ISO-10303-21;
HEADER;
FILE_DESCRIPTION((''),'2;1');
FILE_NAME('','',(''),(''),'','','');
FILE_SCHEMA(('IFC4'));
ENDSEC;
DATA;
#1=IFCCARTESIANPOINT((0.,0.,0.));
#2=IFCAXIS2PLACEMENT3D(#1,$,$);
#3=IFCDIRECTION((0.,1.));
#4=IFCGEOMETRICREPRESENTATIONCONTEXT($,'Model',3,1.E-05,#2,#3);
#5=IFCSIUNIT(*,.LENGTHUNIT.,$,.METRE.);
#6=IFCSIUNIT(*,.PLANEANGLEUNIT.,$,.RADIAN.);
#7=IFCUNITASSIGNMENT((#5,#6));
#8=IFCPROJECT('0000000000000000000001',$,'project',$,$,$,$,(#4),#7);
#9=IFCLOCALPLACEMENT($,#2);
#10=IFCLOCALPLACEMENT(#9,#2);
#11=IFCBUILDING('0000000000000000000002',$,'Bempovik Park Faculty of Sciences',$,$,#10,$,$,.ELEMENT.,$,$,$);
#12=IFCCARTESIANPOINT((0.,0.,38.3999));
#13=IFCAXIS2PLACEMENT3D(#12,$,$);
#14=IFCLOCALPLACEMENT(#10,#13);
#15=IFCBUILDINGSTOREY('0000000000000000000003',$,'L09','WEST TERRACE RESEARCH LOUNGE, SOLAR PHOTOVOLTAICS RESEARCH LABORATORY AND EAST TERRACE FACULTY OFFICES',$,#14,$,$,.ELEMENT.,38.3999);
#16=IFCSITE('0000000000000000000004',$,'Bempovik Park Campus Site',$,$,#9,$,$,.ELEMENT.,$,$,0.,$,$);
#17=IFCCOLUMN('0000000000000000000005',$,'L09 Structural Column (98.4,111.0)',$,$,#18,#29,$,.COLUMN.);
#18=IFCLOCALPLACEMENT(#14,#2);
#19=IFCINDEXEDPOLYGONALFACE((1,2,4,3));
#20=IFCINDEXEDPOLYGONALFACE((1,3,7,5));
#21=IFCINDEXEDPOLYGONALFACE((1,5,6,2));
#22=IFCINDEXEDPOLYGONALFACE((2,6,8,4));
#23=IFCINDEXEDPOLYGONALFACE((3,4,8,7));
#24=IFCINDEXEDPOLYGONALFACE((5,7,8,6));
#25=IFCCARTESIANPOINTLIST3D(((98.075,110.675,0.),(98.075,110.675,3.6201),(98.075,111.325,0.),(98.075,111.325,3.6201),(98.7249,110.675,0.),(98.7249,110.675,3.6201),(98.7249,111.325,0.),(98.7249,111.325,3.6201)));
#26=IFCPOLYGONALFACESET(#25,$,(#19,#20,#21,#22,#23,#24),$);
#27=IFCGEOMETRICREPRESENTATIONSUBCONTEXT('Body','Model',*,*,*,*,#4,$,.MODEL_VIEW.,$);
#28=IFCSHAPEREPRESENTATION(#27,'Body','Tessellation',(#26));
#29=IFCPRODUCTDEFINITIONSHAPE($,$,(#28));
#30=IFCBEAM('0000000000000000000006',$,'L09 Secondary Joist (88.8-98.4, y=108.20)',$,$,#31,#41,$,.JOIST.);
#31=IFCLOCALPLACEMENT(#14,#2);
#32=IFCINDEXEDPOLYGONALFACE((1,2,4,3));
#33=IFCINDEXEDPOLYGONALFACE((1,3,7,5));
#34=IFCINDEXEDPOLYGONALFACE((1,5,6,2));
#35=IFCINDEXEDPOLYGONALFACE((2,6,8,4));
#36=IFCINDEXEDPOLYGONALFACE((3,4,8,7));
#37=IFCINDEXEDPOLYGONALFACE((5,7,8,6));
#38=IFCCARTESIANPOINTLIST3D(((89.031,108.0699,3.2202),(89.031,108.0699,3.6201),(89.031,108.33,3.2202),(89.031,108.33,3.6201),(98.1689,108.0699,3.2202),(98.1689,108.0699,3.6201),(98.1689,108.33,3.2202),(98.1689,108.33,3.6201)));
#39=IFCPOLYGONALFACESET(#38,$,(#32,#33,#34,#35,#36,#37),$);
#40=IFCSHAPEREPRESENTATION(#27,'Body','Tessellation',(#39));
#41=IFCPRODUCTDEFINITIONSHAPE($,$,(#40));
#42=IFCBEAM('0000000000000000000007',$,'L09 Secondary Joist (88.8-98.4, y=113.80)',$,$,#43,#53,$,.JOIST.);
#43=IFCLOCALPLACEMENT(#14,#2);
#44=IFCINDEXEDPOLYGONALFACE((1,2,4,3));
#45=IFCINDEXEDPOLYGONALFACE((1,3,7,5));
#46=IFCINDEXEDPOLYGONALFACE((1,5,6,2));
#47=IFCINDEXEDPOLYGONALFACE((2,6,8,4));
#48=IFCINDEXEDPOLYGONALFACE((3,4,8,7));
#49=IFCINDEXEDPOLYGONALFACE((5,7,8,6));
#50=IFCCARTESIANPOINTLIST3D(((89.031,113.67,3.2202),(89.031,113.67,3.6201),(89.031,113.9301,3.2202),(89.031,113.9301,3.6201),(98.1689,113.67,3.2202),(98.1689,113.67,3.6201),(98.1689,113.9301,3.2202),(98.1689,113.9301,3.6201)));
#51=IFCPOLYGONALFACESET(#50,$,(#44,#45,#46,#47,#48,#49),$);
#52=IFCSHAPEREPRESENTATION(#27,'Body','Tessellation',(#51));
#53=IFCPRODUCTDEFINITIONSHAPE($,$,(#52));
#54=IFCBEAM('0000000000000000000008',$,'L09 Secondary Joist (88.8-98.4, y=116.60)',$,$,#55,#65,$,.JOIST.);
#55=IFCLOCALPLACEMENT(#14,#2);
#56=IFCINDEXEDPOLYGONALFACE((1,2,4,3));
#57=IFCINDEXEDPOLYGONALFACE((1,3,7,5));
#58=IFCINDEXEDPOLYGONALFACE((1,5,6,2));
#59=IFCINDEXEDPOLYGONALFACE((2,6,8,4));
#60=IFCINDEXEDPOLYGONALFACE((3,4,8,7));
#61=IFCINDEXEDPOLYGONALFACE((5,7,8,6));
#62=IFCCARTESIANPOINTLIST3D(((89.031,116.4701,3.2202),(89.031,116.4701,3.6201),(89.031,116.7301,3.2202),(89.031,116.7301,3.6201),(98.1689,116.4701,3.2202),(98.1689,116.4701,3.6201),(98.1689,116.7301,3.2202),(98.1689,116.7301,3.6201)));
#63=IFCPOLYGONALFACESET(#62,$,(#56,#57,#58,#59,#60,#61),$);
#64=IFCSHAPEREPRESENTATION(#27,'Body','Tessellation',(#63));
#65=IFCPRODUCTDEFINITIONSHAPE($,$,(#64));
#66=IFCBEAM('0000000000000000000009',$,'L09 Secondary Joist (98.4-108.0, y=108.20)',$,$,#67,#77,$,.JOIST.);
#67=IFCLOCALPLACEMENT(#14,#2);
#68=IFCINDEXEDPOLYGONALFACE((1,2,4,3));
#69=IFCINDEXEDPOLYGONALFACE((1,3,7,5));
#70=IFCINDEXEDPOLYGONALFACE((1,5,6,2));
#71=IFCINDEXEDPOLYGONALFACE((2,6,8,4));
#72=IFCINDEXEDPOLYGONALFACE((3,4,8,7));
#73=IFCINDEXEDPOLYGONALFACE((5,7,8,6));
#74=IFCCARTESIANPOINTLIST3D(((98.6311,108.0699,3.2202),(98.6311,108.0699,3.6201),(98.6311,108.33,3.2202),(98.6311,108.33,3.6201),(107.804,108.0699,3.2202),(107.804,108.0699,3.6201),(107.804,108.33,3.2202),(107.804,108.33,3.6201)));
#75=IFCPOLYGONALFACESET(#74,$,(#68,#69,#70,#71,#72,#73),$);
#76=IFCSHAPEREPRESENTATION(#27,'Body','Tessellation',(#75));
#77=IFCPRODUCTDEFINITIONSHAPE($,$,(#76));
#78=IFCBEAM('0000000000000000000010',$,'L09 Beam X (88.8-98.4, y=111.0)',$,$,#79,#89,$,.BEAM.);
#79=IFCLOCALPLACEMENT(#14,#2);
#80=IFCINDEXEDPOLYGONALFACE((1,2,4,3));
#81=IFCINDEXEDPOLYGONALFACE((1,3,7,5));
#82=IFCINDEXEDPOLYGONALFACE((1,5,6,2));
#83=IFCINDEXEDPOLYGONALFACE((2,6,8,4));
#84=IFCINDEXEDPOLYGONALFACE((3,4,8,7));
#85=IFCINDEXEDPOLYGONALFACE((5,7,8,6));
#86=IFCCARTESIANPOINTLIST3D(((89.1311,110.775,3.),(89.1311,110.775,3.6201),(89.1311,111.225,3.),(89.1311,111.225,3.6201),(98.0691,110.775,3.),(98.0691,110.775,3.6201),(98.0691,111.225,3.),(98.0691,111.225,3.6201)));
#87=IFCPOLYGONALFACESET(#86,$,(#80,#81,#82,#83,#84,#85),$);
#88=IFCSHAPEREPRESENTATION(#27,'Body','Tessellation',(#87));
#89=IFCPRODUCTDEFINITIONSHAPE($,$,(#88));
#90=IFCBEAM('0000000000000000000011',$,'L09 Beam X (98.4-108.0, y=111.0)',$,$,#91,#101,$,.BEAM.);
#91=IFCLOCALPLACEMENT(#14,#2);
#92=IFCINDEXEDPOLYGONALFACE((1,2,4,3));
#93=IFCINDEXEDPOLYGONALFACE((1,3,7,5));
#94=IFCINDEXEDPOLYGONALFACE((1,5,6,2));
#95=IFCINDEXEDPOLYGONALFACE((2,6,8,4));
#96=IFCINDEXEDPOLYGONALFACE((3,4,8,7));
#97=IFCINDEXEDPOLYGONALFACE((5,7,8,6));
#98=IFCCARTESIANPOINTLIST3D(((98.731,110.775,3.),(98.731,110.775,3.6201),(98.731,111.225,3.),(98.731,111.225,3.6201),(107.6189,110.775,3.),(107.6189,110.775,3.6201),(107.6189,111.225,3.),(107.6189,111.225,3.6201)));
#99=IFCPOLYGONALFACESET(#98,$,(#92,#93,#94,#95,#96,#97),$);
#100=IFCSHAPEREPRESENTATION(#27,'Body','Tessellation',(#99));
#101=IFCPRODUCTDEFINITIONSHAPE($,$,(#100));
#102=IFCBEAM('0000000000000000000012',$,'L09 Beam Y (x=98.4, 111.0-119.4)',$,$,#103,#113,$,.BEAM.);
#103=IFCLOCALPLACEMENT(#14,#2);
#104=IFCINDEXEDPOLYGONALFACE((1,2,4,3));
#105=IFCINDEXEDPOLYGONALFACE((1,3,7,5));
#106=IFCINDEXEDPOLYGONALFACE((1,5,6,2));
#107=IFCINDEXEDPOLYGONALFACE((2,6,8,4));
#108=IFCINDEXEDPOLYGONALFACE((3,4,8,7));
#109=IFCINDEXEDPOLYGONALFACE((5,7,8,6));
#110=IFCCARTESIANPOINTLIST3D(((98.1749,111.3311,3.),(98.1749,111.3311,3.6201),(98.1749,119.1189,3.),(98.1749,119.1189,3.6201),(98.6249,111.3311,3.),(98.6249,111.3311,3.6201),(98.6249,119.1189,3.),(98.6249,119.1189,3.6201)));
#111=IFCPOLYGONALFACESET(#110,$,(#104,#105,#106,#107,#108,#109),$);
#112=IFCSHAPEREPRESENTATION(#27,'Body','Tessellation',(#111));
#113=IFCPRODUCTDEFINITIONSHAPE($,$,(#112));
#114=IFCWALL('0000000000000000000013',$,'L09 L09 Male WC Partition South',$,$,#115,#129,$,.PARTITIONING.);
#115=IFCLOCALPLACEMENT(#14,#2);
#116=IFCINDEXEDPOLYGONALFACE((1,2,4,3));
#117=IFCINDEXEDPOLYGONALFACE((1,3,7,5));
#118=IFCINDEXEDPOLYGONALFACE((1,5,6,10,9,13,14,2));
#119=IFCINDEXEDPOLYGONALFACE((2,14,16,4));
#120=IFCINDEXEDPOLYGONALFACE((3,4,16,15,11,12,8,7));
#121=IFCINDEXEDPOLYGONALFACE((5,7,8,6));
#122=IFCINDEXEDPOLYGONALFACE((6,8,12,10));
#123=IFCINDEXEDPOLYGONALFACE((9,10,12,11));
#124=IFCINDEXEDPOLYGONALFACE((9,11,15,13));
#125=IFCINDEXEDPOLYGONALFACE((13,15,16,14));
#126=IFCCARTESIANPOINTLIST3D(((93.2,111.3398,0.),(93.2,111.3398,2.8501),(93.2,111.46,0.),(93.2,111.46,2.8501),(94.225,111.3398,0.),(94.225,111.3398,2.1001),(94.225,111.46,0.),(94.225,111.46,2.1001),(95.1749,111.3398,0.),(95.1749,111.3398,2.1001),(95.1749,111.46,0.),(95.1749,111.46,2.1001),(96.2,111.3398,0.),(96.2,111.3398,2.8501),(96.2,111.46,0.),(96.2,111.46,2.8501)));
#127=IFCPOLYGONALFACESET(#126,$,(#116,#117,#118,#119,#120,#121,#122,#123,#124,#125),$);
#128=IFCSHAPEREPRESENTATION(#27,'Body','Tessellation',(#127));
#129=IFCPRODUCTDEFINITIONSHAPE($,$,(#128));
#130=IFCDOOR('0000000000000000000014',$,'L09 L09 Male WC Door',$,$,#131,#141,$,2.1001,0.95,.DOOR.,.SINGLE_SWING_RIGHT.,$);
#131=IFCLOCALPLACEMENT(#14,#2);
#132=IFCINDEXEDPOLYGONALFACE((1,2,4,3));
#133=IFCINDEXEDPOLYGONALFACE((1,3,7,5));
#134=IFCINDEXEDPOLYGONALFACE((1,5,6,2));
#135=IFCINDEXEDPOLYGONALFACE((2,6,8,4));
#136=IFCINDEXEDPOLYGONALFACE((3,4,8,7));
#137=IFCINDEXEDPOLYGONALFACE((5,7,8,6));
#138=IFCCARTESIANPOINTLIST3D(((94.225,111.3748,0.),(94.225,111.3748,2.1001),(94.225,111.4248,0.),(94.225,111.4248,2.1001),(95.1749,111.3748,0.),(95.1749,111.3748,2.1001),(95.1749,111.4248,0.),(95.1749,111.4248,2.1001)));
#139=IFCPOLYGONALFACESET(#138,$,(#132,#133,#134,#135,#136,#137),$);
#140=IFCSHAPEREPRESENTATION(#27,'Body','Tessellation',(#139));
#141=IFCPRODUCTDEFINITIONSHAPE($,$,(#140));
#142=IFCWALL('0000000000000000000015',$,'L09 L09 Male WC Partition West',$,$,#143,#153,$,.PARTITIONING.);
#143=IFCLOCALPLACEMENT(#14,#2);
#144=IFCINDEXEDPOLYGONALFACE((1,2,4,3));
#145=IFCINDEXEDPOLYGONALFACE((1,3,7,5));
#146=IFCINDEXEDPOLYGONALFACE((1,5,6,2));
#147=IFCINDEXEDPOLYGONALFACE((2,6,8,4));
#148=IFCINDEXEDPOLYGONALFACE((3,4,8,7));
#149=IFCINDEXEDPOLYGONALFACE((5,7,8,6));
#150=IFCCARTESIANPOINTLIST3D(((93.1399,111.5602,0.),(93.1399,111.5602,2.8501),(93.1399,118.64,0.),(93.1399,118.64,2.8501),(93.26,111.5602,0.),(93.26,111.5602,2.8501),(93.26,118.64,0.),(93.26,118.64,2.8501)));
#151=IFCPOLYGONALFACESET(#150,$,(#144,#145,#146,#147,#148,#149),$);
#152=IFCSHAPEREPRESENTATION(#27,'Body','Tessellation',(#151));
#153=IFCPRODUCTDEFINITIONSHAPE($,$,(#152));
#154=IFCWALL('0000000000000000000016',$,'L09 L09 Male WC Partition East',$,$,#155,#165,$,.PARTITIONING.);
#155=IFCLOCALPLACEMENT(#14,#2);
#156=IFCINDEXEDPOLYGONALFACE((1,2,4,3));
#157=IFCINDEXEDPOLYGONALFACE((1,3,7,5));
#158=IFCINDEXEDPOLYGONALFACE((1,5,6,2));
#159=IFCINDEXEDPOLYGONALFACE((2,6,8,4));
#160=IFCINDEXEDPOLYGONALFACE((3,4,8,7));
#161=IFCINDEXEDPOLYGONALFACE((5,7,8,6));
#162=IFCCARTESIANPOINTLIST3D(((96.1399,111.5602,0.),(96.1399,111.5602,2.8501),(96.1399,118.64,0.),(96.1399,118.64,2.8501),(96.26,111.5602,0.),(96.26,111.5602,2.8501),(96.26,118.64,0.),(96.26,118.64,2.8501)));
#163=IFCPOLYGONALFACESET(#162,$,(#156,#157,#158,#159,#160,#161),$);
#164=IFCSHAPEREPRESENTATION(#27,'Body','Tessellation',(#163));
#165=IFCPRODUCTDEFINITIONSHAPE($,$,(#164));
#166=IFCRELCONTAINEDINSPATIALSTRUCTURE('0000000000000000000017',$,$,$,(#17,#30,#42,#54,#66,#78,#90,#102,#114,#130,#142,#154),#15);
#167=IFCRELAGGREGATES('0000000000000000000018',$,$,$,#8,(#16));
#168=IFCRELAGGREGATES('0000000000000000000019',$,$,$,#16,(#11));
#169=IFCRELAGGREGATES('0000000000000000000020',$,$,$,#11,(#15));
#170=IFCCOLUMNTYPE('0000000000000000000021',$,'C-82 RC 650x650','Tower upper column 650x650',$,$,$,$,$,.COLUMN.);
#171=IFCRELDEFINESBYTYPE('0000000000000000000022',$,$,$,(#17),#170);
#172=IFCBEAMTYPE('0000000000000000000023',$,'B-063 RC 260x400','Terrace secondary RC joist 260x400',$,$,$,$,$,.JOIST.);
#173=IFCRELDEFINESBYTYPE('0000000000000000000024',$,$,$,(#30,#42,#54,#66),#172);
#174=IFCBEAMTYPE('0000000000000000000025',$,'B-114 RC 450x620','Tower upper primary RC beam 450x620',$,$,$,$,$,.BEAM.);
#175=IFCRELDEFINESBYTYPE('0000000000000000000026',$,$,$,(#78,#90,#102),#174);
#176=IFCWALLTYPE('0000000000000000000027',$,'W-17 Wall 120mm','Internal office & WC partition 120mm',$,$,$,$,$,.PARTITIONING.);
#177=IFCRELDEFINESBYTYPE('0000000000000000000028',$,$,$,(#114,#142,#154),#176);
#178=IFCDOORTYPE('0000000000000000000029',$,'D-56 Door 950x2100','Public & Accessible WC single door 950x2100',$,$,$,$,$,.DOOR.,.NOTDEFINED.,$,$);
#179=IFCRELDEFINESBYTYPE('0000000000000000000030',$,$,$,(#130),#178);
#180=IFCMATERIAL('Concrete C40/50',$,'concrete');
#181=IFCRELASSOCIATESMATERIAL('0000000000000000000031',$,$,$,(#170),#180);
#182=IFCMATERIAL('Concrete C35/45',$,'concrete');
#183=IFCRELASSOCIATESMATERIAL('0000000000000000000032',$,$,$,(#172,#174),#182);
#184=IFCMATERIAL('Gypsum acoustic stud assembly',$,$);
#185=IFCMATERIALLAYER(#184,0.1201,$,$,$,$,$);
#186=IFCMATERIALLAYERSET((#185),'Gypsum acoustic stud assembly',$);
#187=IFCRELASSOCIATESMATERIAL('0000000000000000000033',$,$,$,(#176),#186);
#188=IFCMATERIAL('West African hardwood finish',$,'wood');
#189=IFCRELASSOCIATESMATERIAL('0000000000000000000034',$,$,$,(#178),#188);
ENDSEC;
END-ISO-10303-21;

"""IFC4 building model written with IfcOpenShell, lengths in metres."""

from ifc_helpers import new_model, si_unit, direction, frame, frame_2d, origin, origin_2d, place, context, subcontext, project, spatial, rectangle, extrude, material, layer, layer_set, material_profile, profile_set, type_object, element, fill, save


model = new_model("IFC4")

# Units and contexts
model_context = context("Model", 3, precision=1e-05, world=origin(), true_north=direction((0.0, 1.0)))
body_context = subcontext(model_context, "Body", "Model", "MODEL_VIEW")
ifc_project = project(units=[si_unit("LENGTHUNIT", "METRE"), si_unit("PLANEANGLEUNIT", "RADIAN")], contexts=[model_context])

# Site, building, storey
site_placement = place(None, origin())
site = spatial("IfcSite", under=ifc_project, at=site_placement, Name="Bempovik Park Campus Site", CompositionType="ELEMENT", RefElevation=0.0)
building_placement = place(site_placement, origin())
building = spatial("IfcBuilding", under=site, at=building_placement, Name="Bempovik Park Faculty of Sciences", CompositionType="ELEMENT")
storey_placement = place(building_placement, frame((0.0, 0.0, 38.3999)))
storey = spatial("IfcBuildingStorey", under=building, at=storey_placement, Name="L09", Description="WEST TERRACE RESEARCH LOUNGE, SOLAR PHOTOVOLTAICS RESEARCH LABORATORY AND EAST TERRACE FACULTY OFFICES", CompositionType="ELEMENT", Elevation=38.3999)

# Column
ifc_material_1 = material(Name="Concrete C40/50", Category="concrete")
ifc_material_profile_1 = material_profile(ifc_material_1, rectangle(XDim=0.6499, YDim=0.6499, at=origin_2d()), Name="RC 650x650")
ifc_profile_set_1 = profile_set([ifc_material_profile_1], Name="Concrete C40/50")
column_type = type_object("IfcColumnType", Name="C-82 RC 650x650", Description="Tower upper column 650x650", PredefinedType="COLUMN", material=ifc_profile_set_1)
column_placement = place(storey_placement, frame((98.3999, 111.0, 0.0), z_axis=(0.0, 0.0, 1.0), x_axis=(1.0, 0.0, 0.0)))
element("IfcColumn", 1, at=column_placement, inside=storey, type_object=column_type, Name="L09 Structural Column (98.4,111.0)", PredefinedType="COLUMN", context=body_context, shape_type="SweptSolid", body=[
    extrude(rectangle(XDim=0.6499, YDim=0.6499, at=origin_2d()), origin(), (0.0, 0.0, 1.0), 3.6201),
])

# Beams
ifc_material_2 = material(Name="Concrete C35/45", Category="concrete")
ifc_material_profile_2 = material_profile(ifc_material_2, rectangle(XDim=0.26, YDim=0.3999, at=origin_2d()), Name="RC 260x400")
ifc_profile_set_2 = profile_set([ifc_material_profile_2], Name="Concrete C35/45")
beam_type_1 = type_object("IfcBeamType", Name="B-063 RC 260x400", Description="Terrace secondary RC joist 260x400", PredefinedType="JOIST", material=ifc_profile_set_2)
for number, where, z_axis, x_axis, name in (
    (2, (89.031, 108.2, 3.4202), (1.0, 0.0, 0.0), (0.0, 1.0, 0.0), "L09 Secondary Joist (88.8-98.4, y=108.20)"),
    (3, (89.031, 113.8, 3.4202), (1.0, 0.0, 0.0), (0.0, 1.0, 0.0), "L09 Secondary Joist (88.8-98.4, y=113.80)"),
    (4, (89.031, 116.6001, 3.4202), (1.0, 0.0, 0.0), (0.0, 1.0, 0.0), "L09 Secondary Joist (88.8-98.4, y=116.60)"),
):
    element("IfcBeam", number, at=place(storey_placement, frame(where, z_axis=z_axis, x_axis=x_axis)), inside=storey, type_object=beam_type_1, Name=name, PredefinedType="JOIST", context=body_context, shape_type="SweptSolid", body=[
        extrude(rectangle(XDim=0.26, YDim=0.3999, at=origin_2d()), origin(), (0.0, 0.0, 1.0), 9.1379),
    ])
beam_1_placement = place(storey_placement, frame((98.6311, 108.2, 3.4202), z_axis=(1.0, 0.0, 0.0), x_axis=(0.0, 1.0, 0.0)))
element("IfcBeam", 5, at=beam_1_placement, inside=storey, type_object=beam_type_1, Name="L09 Secondary Joist (98.4-108.0, y=108.20)", PredefinedType="JOIST", context=body_context, shape_type="SweptSolid", body=[
    extrude(rectangle(XDim=0.26, YDim=0.3999, at=origin_2d()), origin(), (0.0, 0.0, 1.0), 9.1729),
])
ifc_material_profile_3 = material_profile(ifc_material_2, rectangle(XDim=0.45, YDim=0.6201, at=origin_2d()), Name="RC 450x620")
ifc_profile_set_3 = profile_set([ifc_material_profile_3], Name="Concrete C35/45")
beam_type_2 = type_object("IfcBeamType", Name="B-114 RC 450x620", Description="Tower upper primary RC beam 450x620", PredefinedType="BEAM", material=ifc_profile_set_3)
beam_2_placement = place(storey_placement, frame((89.1311, 111.0, 3.3101), z_axis=(1.0, 0.0, 0.0), x_axis=(0.0, 1.0, 0.0)))
element("IfcBeam", 6, at=beam_2_placement, inside=storey, type_object=beam_type_2, Name="L09 Beam X (88.8-98.4, y=111.0)", PredefinedType="BEAM", context=body_context, shape_type="SweptSolid", body=[
    extrude(rectangle(XDim=0.45, YDim=0.6201, at=origin_2d()), origin(), (0.0, 0.0, 1.0), 8.938),
])
beam_3_placement = place(storey_placement, frame((98.731, 111.0, 3.3101), z_axis=(1.0, 0.0, 0.0), x_axis=(0.0, 1.0, 0.0)))
element("IfcBeam", 7, at=beam_3_placement, inside=storey, type_object=beam_type_2, Name="L09 Beam X (98.4-108.0, y=111.0)", PredefinedType="BEAM", context=body_context, shape_type="SweptSolid", body=[
    extrude(rectangle(XDim=0.45, YDim=0.6201, at=origin_2d()), origin(), (0.0, 0.0, 1.0), 8.8879),
])
beam_4_placement = place(storey_placement, frame((98.3999, 111.3311, 3.3101), z_axis=(0.0, 1.0, 0.0), x_axis=(-1.0, 0.0, 0.0)))
element("IfcBeam", 8, at=beam_4_placement, inside=storey, type_object=beam_type_2, Name="L09 Beam Y (x=98.4, 111.0-119.4)", PredefinedType="BEAM", context=body_context, shape_type="SweptSolid", body=[
    extrude(rectangle(XDim=0.45, YDim=0.6201, at=origin_2d()), origin(), (0.0, 0.0, 1.0), 7.7878),
])

# Wall, opening, door
ifc_material_3 = material(Name="Gypsum acoustic stud assembly")
ifc_layer_1 = layer(ifc_material_3, 0.1201)
ifc_layer_set_1 = layer_set([ifc_layer_1], Name="Gypsum acoustic stud assembly")
wall_type_1 = type_object("IfcWallType", Name="W-17 Wall 120mm", Description="Internal office & WC partition 120mm", PredefinedType="PARTITIONING", material=ifc_layer_set_1)
wall_1_placement = place(storey_placement, frame((93.2, 111.3999, 0.0), z_axis=(0.0, 0.0, 1.0), x_axis=(1.0, 0.0, 0.0)))
wall_1 = element("IfcWall", 9, at=wall_1_placement, inside=storey, type_object=wall_type_1, Name="L09 L09 Male WC Partition South", PredefinedType="PARTITIONING", context=body_context, shape_type="SweptSolid", body=[
    extrude(rectangle(XDim=3.0, YDim=0.1201, at=frame_2d((1.5, 0.0))), origin(), (0.0, 0.0, 1.0), 2.8501),
])
opening_1_placement = place(wall_1_placement, frame((1.0249, 0.0, 0.0)))
opening_1 = element("IfcOpeningElement", 10, at=opening_1_placement, cuts=wall_1, PredefinedType="OPENING", context=body_context, shape_type="SweptSolid", body=[
    extrude(rectangle(XDim=0.95, YDim=2.1001, at=frame_2d((0.4751, 1.05))), frame((0.0, 0.0701, 0.0), z_axis=(0.0, -1.0, 0.0), x_axis=(1.0, 0.0, 0.0)), (0.0, 0.0, 1.0), 0.1401),
])
ifc_material_4 = material(Name="West African hardwood finish", Category="wood")
door_type_1 = type_object("IfcDoorType", Name="D-56 Door 950x2100", Description="Public & Accessible WC single door 950x2100", OperationType="NOTDEFINED", PredefinedType="DOOR", material=ifc_material_4)
door_1_placement = place(opening_1_placement, origin())
door_1 = element("IfcDoor", 11, at=door_1_placement, inside=storey, type_object=door_type_1, Name="L09 L09 Male WC Door", OperationType="SINGLE_SWING_RIGHT", OverallHeight=2.1001, OverallWidth=0.95, PredefinedType="DOOR", context=body_context, shape_type="SweptSolid", body=[
    extrude(rectangle(XDim=0.95, YDim=2.1001, at=frame_2d((0.4751, 1.05))), frame((0.0, 0.0249, 0.0), z_axis=(0.0, -1.0, 0.0), x_axis=(1.0, 0.0, 0.0)), (0.0, 0.0, 1.0), 0.05),
])
fill(opening_1, door_1)

# Walls
for number, where, z_axis, x_axis, name in (
    (12, (93.2, 111.5601, 0.0), (0.0, 0.0, 1.0), (0.0, 1.0, 0.0), "L09 L09 Male WC Partition West"),
    (13, (96.2, 111.5601, 0.0), (0.0, 0.0, 1.0), (0.0, 1.0, 0.0), "L09 L09 Male WC Partition East"),
):
    element("IfcWall", number, at=place(storey_placement, frame(where, z_axis=z_axis, x_axis=x_axis)), inside=storey, type_object=wall_type_1, Name=name, PredefinedType="PARTITIONING", context=body_context, shape_type="SweptSolid", body=[
        extrude(rectangle(XDim=7.0798, YDim=0.1201, at=frame_2d((3.54, 0.0))), origin(), (0.0, 0.0, 1.0), 2.8501),
    ])

save(model, "model.ifc")
